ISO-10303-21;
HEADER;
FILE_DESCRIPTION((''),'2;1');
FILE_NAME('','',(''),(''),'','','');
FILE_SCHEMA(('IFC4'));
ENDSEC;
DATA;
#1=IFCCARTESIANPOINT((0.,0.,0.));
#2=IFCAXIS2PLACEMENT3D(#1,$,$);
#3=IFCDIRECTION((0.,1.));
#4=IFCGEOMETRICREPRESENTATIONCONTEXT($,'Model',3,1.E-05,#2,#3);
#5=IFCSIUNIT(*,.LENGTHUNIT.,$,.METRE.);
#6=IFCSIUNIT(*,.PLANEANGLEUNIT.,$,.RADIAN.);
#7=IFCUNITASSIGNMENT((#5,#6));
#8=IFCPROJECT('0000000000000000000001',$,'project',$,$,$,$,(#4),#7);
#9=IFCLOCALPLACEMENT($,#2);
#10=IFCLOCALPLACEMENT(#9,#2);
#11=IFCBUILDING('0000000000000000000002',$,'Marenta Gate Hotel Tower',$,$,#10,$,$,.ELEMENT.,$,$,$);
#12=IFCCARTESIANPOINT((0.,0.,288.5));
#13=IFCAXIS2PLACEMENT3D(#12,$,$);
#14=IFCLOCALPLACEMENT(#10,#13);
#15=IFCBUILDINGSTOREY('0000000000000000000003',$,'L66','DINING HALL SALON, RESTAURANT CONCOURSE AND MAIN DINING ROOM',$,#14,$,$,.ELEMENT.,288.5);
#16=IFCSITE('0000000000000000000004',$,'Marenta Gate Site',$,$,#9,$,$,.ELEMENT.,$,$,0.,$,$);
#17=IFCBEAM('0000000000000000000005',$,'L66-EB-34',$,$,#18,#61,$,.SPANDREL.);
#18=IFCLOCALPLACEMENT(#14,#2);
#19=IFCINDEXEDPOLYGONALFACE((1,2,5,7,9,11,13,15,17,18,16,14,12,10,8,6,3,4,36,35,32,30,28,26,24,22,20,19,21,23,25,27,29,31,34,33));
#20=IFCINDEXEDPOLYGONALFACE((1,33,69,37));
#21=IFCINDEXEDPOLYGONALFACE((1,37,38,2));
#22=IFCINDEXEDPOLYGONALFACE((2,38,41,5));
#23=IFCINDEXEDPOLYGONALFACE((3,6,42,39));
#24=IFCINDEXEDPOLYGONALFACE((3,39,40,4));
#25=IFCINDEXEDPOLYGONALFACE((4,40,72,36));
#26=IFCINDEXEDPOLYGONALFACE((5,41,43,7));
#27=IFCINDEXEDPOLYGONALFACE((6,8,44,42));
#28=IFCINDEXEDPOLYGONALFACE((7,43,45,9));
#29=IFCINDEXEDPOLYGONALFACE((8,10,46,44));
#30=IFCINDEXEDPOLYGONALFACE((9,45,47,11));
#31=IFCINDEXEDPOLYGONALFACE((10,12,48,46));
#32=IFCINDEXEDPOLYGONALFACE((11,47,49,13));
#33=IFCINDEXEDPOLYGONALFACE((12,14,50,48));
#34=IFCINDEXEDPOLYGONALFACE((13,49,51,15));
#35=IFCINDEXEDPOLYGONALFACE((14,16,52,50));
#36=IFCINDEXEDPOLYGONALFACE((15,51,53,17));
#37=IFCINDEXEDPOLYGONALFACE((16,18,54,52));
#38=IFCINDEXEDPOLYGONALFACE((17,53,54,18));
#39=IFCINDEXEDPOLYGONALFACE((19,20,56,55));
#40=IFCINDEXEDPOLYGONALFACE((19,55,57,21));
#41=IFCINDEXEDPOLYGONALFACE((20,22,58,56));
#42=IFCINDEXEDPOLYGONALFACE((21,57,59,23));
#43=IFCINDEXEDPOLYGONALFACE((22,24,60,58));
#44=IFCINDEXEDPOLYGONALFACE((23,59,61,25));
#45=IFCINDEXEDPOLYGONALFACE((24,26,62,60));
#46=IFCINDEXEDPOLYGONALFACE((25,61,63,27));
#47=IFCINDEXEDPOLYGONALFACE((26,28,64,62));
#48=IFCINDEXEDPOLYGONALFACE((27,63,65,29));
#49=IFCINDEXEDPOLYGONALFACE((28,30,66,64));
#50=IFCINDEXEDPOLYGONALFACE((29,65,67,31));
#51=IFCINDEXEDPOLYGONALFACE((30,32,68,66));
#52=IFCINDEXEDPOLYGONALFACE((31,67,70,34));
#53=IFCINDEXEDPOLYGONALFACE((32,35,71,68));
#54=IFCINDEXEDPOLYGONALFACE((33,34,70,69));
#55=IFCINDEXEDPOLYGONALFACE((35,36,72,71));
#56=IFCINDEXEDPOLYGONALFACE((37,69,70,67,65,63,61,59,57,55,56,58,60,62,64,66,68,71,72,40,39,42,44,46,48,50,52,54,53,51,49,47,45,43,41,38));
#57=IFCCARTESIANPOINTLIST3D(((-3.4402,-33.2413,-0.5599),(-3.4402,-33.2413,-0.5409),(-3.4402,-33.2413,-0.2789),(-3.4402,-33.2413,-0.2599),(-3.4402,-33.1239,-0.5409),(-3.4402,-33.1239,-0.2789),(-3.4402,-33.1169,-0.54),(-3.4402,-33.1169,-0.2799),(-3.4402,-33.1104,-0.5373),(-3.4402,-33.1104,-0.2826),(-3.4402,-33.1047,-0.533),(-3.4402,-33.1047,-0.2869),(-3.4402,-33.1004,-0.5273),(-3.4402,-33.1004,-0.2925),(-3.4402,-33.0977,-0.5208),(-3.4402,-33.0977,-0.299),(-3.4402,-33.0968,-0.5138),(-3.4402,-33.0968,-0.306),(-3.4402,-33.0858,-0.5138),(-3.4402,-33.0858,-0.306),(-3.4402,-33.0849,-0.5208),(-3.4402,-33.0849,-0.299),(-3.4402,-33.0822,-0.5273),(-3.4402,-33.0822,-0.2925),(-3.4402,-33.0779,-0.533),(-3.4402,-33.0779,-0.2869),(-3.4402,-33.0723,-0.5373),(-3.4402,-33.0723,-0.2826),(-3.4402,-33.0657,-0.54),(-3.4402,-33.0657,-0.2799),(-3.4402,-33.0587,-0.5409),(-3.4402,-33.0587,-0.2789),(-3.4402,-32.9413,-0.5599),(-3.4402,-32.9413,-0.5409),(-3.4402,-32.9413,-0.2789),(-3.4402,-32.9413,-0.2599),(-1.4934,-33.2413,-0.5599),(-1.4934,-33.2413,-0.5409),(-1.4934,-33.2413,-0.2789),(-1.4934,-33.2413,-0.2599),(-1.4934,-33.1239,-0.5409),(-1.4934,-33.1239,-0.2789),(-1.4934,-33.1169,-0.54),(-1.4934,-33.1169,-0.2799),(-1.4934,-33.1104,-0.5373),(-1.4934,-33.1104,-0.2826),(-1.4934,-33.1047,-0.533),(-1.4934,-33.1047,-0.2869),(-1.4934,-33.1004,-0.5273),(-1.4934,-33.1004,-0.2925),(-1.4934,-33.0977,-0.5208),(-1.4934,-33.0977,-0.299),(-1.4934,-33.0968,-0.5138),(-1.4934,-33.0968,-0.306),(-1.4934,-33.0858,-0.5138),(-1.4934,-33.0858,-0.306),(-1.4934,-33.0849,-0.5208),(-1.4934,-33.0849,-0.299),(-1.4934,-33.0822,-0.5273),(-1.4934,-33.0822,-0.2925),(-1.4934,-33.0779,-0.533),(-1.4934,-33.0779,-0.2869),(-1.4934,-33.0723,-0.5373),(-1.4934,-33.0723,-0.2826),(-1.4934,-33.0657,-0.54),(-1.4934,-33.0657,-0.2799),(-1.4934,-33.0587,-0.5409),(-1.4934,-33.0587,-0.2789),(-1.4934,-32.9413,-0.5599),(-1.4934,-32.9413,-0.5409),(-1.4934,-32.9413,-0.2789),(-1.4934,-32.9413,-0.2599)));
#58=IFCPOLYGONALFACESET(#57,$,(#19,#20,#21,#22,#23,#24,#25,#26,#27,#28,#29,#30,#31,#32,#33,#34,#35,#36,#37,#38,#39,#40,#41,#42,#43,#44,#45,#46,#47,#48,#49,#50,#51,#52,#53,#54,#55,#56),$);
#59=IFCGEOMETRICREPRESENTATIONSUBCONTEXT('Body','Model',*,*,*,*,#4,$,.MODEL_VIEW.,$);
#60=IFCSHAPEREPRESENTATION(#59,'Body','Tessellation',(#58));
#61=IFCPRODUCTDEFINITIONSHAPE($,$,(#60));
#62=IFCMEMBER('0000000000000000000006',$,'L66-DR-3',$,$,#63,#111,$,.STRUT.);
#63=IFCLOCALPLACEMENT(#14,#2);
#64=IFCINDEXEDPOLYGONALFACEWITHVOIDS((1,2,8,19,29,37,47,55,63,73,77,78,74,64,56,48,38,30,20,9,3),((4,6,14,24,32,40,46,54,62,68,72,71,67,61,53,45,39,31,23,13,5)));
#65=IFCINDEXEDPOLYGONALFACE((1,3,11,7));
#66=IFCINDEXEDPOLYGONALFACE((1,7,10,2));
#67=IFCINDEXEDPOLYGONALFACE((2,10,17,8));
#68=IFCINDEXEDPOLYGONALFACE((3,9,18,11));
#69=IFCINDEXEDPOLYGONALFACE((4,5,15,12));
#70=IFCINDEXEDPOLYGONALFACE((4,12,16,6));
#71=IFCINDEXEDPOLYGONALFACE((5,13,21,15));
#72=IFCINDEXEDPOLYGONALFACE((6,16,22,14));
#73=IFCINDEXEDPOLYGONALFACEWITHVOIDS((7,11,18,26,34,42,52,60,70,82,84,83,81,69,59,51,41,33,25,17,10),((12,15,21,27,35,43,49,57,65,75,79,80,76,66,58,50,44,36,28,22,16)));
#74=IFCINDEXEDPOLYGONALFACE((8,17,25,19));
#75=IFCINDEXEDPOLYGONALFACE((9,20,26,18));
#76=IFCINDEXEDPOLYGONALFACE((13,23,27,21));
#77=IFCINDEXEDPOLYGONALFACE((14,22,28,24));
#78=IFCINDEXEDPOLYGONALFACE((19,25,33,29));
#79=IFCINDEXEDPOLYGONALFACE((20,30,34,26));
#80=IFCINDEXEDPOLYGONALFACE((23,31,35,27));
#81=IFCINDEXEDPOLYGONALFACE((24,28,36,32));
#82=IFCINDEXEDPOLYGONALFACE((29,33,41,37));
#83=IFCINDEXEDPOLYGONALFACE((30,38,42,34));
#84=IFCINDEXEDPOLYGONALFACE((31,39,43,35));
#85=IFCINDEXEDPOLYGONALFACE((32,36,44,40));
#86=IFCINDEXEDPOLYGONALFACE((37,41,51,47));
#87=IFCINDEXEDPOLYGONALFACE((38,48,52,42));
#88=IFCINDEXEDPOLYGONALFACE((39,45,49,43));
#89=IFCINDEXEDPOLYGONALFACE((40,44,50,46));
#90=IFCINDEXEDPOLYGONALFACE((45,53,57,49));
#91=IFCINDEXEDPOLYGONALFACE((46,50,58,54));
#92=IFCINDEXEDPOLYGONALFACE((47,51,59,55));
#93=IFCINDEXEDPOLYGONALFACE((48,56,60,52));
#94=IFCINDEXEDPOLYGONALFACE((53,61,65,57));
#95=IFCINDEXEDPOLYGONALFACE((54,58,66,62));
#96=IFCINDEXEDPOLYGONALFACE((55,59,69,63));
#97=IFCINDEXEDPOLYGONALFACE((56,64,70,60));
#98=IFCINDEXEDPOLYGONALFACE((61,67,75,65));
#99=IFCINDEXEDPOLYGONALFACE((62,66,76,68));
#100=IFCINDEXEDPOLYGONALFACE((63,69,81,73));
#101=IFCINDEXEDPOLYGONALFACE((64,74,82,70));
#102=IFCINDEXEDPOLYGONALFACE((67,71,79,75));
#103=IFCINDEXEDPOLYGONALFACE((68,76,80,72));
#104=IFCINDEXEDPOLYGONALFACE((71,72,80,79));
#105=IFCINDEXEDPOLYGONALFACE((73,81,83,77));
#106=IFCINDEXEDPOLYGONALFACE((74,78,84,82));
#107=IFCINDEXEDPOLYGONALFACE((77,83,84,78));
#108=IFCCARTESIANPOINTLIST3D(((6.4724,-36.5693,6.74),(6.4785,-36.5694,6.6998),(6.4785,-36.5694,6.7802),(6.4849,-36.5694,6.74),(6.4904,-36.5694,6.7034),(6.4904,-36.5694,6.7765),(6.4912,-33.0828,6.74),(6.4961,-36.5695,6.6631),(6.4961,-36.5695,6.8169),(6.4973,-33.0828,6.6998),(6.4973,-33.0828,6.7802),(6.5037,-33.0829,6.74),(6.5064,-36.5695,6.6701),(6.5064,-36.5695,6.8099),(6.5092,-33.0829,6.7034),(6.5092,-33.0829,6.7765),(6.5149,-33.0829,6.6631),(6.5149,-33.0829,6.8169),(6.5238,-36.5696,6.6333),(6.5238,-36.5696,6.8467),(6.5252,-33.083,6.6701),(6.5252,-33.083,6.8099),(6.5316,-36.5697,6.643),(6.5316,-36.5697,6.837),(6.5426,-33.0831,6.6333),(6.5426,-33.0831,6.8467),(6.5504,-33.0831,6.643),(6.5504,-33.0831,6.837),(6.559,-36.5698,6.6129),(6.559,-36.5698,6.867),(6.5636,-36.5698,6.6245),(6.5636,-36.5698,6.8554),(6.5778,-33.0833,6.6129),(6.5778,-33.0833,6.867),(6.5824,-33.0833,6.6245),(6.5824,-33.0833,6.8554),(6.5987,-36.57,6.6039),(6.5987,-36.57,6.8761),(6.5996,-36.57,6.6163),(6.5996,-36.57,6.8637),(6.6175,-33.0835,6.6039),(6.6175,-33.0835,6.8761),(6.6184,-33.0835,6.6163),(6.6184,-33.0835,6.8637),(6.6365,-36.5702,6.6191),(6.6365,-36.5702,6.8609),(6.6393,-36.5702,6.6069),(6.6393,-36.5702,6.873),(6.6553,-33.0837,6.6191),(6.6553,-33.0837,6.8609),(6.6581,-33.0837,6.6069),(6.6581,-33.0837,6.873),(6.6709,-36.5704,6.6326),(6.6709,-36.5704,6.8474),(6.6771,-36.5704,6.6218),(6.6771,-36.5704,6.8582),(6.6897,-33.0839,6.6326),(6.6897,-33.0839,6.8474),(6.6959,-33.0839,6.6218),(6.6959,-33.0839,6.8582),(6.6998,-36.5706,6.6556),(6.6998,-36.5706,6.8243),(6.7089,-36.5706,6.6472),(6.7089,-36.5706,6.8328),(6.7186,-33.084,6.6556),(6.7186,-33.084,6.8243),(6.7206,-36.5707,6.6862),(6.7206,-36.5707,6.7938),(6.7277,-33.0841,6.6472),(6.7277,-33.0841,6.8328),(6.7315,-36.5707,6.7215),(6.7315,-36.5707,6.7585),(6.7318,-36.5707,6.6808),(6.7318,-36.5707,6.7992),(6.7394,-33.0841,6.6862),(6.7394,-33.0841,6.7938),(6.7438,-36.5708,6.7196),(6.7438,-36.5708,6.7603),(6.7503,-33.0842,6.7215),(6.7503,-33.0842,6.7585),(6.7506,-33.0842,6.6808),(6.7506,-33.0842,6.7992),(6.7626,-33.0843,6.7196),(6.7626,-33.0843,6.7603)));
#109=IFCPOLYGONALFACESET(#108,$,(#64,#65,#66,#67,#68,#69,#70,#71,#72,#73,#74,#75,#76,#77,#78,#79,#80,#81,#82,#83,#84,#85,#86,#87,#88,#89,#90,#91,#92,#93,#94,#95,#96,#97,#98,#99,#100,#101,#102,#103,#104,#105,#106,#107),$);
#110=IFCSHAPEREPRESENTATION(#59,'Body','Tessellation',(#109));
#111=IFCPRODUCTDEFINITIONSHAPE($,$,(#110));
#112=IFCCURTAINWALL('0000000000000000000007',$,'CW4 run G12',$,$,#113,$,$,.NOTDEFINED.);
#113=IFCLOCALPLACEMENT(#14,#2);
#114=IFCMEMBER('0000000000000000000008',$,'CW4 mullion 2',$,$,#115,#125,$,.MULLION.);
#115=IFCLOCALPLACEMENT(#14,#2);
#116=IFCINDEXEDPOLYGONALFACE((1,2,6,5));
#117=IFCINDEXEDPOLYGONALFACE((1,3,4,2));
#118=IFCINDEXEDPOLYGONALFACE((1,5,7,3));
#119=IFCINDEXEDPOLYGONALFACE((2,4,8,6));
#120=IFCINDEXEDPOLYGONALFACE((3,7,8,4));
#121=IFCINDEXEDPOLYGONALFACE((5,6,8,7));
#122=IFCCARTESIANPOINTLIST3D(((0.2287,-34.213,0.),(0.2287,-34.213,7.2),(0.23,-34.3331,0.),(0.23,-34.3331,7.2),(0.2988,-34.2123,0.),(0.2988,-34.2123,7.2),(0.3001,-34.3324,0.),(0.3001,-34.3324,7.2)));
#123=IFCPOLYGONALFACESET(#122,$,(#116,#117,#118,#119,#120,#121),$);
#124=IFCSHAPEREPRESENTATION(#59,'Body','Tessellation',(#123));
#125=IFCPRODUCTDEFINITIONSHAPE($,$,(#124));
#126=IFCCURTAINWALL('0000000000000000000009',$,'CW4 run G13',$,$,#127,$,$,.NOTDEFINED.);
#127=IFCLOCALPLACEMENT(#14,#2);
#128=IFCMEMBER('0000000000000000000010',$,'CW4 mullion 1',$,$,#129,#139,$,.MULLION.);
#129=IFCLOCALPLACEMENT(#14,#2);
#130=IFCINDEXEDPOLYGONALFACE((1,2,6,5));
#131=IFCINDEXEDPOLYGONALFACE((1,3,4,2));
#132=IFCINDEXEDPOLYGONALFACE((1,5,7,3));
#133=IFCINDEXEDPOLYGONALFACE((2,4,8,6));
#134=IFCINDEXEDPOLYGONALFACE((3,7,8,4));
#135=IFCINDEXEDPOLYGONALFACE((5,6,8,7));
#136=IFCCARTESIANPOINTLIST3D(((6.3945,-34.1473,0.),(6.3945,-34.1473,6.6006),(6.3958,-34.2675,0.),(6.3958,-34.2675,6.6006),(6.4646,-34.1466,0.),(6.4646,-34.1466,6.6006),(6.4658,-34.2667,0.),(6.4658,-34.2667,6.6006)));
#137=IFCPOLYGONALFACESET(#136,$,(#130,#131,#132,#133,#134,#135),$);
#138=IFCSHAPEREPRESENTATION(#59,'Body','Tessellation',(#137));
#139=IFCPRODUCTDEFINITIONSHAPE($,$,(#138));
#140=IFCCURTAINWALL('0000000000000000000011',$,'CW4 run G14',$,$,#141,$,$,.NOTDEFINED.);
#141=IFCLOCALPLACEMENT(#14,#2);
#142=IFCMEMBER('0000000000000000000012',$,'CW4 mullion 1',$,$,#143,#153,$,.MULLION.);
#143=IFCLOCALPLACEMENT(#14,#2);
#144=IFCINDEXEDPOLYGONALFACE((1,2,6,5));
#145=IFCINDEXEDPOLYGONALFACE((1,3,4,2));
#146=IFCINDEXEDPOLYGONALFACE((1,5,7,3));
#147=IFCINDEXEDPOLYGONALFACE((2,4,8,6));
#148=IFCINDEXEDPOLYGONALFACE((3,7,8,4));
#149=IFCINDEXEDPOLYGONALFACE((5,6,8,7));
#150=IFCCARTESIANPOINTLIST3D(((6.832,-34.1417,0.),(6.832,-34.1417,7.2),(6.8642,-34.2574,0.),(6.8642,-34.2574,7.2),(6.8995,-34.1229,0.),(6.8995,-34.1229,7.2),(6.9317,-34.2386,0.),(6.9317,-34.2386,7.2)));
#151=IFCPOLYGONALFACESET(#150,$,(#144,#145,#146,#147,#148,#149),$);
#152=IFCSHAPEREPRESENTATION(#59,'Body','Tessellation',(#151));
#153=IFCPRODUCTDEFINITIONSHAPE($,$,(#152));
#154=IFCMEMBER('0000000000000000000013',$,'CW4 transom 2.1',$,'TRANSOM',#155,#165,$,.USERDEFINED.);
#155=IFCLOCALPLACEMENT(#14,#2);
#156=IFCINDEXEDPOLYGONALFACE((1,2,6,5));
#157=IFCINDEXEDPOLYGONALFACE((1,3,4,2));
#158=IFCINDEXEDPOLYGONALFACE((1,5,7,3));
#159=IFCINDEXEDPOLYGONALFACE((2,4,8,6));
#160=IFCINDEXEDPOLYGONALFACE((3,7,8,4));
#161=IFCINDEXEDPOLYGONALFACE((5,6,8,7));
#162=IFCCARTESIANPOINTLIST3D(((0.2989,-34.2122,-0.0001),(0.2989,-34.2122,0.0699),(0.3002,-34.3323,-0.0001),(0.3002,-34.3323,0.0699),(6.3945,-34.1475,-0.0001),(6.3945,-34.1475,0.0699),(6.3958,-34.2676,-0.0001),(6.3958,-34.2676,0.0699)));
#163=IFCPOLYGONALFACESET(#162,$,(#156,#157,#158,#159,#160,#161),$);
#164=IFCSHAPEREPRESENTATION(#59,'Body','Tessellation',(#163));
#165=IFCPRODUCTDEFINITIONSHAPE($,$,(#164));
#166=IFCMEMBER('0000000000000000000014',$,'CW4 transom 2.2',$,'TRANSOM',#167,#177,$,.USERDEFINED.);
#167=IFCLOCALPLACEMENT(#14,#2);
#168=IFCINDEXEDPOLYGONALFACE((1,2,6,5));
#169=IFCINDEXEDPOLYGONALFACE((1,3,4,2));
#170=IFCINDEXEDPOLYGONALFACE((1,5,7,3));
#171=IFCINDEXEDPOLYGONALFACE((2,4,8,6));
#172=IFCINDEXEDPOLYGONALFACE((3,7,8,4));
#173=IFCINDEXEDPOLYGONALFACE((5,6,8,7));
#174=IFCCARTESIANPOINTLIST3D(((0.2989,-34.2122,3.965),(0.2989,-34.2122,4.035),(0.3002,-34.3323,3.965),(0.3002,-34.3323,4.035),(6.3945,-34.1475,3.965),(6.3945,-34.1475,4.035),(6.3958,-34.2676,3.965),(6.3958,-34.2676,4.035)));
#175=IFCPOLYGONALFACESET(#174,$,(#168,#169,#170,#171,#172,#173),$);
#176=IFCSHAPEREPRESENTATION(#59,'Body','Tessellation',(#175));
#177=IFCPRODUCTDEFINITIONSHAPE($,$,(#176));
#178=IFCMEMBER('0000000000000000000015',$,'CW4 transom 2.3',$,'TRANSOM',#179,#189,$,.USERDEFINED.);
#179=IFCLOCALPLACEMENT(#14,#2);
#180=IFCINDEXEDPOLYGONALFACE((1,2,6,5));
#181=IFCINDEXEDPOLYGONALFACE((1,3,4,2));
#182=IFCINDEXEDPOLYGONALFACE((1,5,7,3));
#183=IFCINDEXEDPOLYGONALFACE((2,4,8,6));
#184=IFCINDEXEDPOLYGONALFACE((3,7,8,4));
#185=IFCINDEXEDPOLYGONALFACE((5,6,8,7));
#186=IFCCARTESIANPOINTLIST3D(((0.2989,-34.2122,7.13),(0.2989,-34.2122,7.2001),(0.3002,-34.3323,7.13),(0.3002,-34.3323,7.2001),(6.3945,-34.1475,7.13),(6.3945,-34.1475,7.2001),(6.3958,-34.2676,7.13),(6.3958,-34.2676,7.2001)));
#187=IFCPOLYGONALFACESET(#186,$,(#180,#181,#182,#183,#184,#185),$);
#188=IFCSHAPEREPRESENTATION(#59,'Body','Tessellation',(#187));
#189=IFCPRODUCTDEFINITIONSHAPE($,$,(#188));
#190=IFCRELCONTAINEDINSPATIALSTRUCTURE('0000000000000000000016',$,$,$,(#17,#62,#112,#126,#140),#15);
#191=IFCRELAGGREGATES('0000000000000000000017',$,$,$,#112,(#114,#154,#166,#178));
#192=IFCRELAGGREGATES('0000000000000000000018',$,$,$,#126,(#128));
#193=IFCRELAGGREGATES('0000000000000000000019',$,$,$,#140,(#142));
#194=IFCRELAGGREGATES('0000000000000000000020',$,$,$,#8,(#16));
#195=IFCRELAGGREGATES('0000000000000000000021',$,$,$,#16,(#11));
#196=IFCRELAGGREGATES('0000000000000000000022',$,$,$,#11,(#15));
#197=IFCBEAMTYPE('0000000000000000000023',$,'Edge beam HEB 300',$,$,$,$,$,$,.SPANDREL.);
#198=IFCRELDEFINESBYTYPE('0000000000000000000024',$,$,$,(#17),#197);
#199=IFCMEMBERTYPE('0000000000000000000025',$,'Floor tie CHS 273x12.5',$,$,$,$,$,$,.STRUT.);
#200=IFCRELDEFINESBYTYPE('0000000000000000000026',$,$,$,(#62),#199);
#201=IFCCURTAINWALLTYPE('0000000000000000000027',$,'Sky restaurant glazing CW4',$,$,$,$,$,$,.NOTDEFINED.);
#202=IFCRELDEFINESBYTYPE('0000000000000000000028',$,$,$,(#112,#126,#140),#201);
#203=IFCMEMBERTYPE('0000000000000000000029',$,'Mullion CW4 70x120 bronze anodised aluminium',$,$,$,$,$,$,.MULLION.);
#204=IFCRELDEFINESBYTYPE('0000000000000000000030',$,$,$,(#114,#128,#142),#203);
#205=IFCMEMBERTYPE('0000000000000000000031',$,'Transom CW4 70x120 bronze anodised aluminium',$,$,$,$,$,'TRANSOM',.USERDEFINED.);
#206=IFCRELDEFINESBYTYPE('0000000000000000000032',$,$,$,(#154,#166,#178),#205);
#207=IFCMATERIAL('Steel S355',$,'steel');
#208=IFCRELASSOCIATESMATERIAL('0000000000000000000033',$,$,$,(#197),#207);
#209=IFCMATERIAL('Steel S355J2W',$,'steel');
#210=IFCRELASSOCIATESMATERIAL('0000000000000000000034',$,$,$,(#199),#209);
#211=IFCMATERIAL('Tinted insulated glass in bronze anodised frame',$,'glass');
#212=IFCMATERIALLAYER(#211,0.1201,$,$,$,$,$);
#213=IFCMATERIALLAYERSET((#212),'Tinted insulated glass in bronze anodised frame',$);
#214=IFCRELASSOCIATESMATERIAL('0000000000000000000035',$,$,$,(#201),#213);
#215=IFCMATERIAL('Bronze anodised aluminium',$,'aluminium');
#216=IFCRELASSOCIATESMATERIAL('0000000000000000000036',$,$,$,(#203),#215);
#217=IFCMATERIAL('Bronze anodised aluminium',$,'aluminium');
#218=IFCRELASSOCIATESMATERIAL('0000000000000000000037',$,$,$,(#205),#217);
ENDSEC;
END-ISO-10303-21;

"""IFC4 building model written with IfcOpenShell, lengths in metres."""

from ifc_helpers import new_model, si_unit, direction, frame, origin, origin_2d, place, context, subcontext, project, spatial, rectangle, hollow_circle, i_section, extrude, material, layer, layer_set, material_profile, profile_set, type_object, element, aggregate, save


model = new_model("IFC4")

# Units and contexts
model_context = context("Model", 3, precision=1e-05, world=origin(), true_north=direction((0.0, 1.0)))
body_context = subcontext(model_context, "Body", "Model", "MODEL_VIEW")
ifc_project = project(units=[si_unit("LENGTHUNIT", "METRE"), si_unit("PLANEANGLEUNIT", "RADIAN")], contexts=[model_context])

# Site, building, storey
site_placement = place(None, origin())
site = spatial("IfcSite", under=ifc_project, at=site_placement, Name="Marenta Gate Site", CompositionType="ELEMENT", RefElevation=0.0)
building_placement = place(site_placement, origin())
building = spatial("IfcBuilding", under=site, at=building_placement, Name="Marenta Gate Hotel Tower", CompositionType="ELEMENT")
storey_placement = place(building_placement, frame((0.0, 0.0, 288.5)))
storey = spatial("IfcBuildingStorey", under=building, at=storey_placement, Name="L66", Description="DINING HALL SALON, RESTAURANT CONCOURSE AND MAIN DINING ROOM", CompositionType="ELEMENT", Elevation=288.5)

# Beam
ifc_material_1 = material(Name="Steel S355", Category="steel")
ifc_material_profile_1 = material_profile(ifc_material_1, i_section(OverallWidth=0.3, OverallDepth=0.3, WebThickness=0.011, FlangeThickness=0.019, FilletRadius=0.0271, at=origin_2d()), Name="HEB 300")
ifc_profile_set_1 = profile_set([ifc_material_profile_1], Name="Steel S355")
beam_type = type_object("IfcBeamType", Name="Edge beam HEB 300", PredefinedType="SPANDREL", material=ifc_profile_set_1)
for number, where, z_axis, x_axis, name in (
    (1, (-1.4934, -33.0913, -0.4099), (-1.0, 0.0, 0.0), (0.0, -1.0, 0.0), "L66-EB-34"),
):
    element("IfcBeam", number, at=place(storey_placement, frame(where, z_axis=z_axis, x_axis=x_axis)), inside=storey, type_object=beam_type, Name=name, PredefinedType="SPANDREL", context=body_context, shape_type="SweptSolid", body=[
        extrude(i_section(OverallWidth=0.3, OverallDepth=0.3, WebThickness=0.011, FlangeThickness=0.019, FilletRadius=0.0271, at=origin_2d()), origin(), (0.0, 0.0, 1.0), 1.9468),
    ])

# Member
ifc_material_2 = material(Name="Steel S355J2W", Category="steel")
ifc_material_profile_2 = material_profile(ifc_material_2, hollow_circle(Radius=0.1365, WallThickness=0.0125, at=origin_2d()), Name="CHS 273x12.5")
ifc_profile_set_2 = profile_set([ifc_material_profile_2], Name="Steel S355J2W")
member_type_1 = type_object("IfcMemberType", Name="Floor tie CHS 273x12.5", PredefinedType="STRUT", material=ifc_profile_set_2)
member_1_placement = place(storey_placement, frame((6.6089, -36.5701, 6.74), z_axis=(0.005392, 0.999985, 0.0), x_axis=(-0.999985, 0.005392, 0.0)))
element("IfcMember", 2, at=member_1_placement, inside=storey, type_object=member_type_1, Name="L66-DR-3", PredefinedType="STRUT", context=body_context, shape_type="SweptSolid", body=[
    extrude(hollow_circle(Radius=0.1365, WallThickness=0.0125, at=origin_2d()), origin(), (0.0, 0.0, 1.0), 3.4866),
])

# Curtain walls, members
ifc_material_3 = material(Name="Tinted insulated glass in bronze anodised frame", Category="glass")
ifc_layer_1 = layer(ifc_material_3, 0.1201)
ifc_layer_set_1 = layer_set([ifc_layer_1], Name="Tinted insulated glass in bronze anodised frame")
curtain_wall_type = type_object("IfcCurtainWallType", Name="Sky restaurant glazing CW4", PredefinedType="NOTDEFINED", material=ifc_layer_set_1)
curtain_wall_1_placement = place(storey_placement, origin())
curtain_wall_1 = element("IfcCurtainWall", 3, at=curtain_wall_1_placement, inside=storey, type_object=curtain_wall_type, Name="CW4 run G12", PredefinedType="NOTDEFINED")
ifc_material_4 = material(Name="Bronze anodised aluminium", Category="aluminium")
ifc_material_profile_3 = material_profile(ifc_material_4, rectangle(XDim=0.1201, YDim=0.0701, at=origin_2d()), Name="Mullion CW4 70x120 bronze anodised aluminium")
ifc_profile_set_3 = profile_set([ifc_material_profile_3], Name="Bronze anodised aluminium")
member_type_2 = type_object("IfcMemberType", Name="Mullion CW4 70x120 bronze anodised aluminium", PredefinedType="MULLION", material=ifc_profile_set_3)
member_2_placement = place(storey_placement, frame((0.2644, -34.2727, 0.0), z_axis=(0.0, 0.0, 1.0), x_axis=(-0.010634, 0.999943, 0.0)))
member_2 = element("IfcMember", 4, at=member_2_placement, type_object=member_type_2, Name="CW4 mullion 2", PredefinedType="MULLION", context=body_context, shape_type="SweptSolid", body=[
    extrude(rectangle(XDim=0.1201, YDim=0.0701, at=origin_2d()), origin(), (0.0, 0.0, 1.0), 7.2),
])
curtain_wall_2_placement = place(storey_placement, origin())
curtain_wall_2 = element("IfcCurtainWall", 5, at=curtain_wall_2_placement, inside=storey, type_object=curtain_wall_type, Name="CW4 run G13", PredefinedType="NOTDEFINED")
member_3_placement = place(storey_placement, frame((6.4302, -34.207, 0.0), z_axis=(0.0, 0.0, 1.0), x_axis=(-0.010633, 0.999943, 0.0)))
member_3 = element("IfcMember", 6, at=member_3_placement, type_object=member_type_2, Name="CW4 mullion 1", PredefinedType="MULLION", context=body_context, shape_type="SweptSolid", body=[
    extrude(rectangle(XDim=0.1201, YDim=0.0701, at=origin_2d()), origin(), (0.0, 0.0, 1.0), 6.6006),
])
curtain_wall_3_placement = place(storey_placement, origin())
curtain_wall_3 = element("IfcCurtainWall", 7, at=curtain_wall_3_placement, inside=storey, type_object=curtain_wall_type, Name="CW4 run G14", PredefinedType="NOTDEFINED")
member_4_placement = place(storey_placement, frame((6.8818, -34.1902, 0.0), z_axis=(0.0, 0.0, 1.0), x_axis=(-0.268549, 0.963266, 0.0)))
member_4 = element("IfcMember", 8, at=member_4_placement, type_object=member_type_2, Name="CW4 mullion 1", PredefinedType="MULLION", context=body_context, shape_type="SweptSolid", body=[
    extrude(rectangle(XDim=0.1201, YDim=0.0701, at=origin_2d()), origin(), (0.0, 0.0, 1.0), 7.2),
])

# Members
ifc_material_5 = material(Name="Bronze anodised aluminium", Category="aluminium")
ifc_material_profile_4 = material_profile(ifc_material_5, rectangle(XDim=0.1201, YDim=0.0701, at=origin_2d()), Name="Transom CW4 70x120 bronze anodised aluminium")
ifc_profile_set_4 = profile_set([ifc_material_profile_4], Name="Bronze anodised aluminium")
member_type_3 = type_object("IfcMemberType", Name="Transom CW4 70x120 bronze anodised aluminium", ElementType="TRANSOM", PredefinedType="USERDEFINED", material=ifc_profile_set_4)
member_5_placement = place(storey_placement, frame((0.2996, -34.2722, 0.0349), z_axis=(0.999944, 0.010613, 0.0), x_axis=(-0.010613, 0.999944, 0.0)))
member_5 = element("IfcMember", 9, at=member_5_placement, type_object=member_type_3, Name="CW4 transom 2.1", ObjectType="TRANSOM", PredefinedType="USERDEFINED", context=body_context, shape_type="SweptSolid", body=[
    extrude(rectangle(XDim=0.1201, YDim=0.0701, at=origin_2d()), origin(), (0.0, 0.0, 1.0), 6.0959),
])
member_6_placement = place(storey_placement, frame((0.2996, -34.2722, 4.0), z_axis=(0.999944, 0.010613, 0.0), x_axis=(-0.010613, 0.999944, 0.0)))
member_6 = element("IfcMember", 10, at=member_6_placement, type_object=member_type_3, Name="CW4 transom 2.2", ObjectType="TRANSOM", PredefinedType="USERDEFINED", context=body_context, shape_type="SweptSolid", body=[
    extrude(rectangle(XDim=0.1201, YDim=0.0701, at=origin_2d()), origin(), (0.0, 0.0, 1.0), 6.0959),
])
member_7_placement = place(storey_placement, frame((0.2996, -34.2722, 7.165), z_axis=(0.999944, 0.010613, 0.0), x_axis=(-0.010613, 0.999944, 0.0)))
member_7 = element("IfcMember", 11, at=member_7_placement, type_object=member_type_3, Name="CW4 transom 2.3", ObjectType="TRANSOM", PredefinedType="USERDEFINED", context=body_context, shape_type="SweptSolid", body=[
    extrude(rectangle(XDim=0.1201, YDim=0.0701, at=origin_2d()), origin(), (0.0, 0.0, 1.0), 6.0959),
])

aggregate(curtain_wall_1, [member_2, member_5, member_6, member_7])
aggregate(curtain_wall_2, [member_3])
aggregate(curtain_wall_3, [member_4])

save(model, "model.ifc")
